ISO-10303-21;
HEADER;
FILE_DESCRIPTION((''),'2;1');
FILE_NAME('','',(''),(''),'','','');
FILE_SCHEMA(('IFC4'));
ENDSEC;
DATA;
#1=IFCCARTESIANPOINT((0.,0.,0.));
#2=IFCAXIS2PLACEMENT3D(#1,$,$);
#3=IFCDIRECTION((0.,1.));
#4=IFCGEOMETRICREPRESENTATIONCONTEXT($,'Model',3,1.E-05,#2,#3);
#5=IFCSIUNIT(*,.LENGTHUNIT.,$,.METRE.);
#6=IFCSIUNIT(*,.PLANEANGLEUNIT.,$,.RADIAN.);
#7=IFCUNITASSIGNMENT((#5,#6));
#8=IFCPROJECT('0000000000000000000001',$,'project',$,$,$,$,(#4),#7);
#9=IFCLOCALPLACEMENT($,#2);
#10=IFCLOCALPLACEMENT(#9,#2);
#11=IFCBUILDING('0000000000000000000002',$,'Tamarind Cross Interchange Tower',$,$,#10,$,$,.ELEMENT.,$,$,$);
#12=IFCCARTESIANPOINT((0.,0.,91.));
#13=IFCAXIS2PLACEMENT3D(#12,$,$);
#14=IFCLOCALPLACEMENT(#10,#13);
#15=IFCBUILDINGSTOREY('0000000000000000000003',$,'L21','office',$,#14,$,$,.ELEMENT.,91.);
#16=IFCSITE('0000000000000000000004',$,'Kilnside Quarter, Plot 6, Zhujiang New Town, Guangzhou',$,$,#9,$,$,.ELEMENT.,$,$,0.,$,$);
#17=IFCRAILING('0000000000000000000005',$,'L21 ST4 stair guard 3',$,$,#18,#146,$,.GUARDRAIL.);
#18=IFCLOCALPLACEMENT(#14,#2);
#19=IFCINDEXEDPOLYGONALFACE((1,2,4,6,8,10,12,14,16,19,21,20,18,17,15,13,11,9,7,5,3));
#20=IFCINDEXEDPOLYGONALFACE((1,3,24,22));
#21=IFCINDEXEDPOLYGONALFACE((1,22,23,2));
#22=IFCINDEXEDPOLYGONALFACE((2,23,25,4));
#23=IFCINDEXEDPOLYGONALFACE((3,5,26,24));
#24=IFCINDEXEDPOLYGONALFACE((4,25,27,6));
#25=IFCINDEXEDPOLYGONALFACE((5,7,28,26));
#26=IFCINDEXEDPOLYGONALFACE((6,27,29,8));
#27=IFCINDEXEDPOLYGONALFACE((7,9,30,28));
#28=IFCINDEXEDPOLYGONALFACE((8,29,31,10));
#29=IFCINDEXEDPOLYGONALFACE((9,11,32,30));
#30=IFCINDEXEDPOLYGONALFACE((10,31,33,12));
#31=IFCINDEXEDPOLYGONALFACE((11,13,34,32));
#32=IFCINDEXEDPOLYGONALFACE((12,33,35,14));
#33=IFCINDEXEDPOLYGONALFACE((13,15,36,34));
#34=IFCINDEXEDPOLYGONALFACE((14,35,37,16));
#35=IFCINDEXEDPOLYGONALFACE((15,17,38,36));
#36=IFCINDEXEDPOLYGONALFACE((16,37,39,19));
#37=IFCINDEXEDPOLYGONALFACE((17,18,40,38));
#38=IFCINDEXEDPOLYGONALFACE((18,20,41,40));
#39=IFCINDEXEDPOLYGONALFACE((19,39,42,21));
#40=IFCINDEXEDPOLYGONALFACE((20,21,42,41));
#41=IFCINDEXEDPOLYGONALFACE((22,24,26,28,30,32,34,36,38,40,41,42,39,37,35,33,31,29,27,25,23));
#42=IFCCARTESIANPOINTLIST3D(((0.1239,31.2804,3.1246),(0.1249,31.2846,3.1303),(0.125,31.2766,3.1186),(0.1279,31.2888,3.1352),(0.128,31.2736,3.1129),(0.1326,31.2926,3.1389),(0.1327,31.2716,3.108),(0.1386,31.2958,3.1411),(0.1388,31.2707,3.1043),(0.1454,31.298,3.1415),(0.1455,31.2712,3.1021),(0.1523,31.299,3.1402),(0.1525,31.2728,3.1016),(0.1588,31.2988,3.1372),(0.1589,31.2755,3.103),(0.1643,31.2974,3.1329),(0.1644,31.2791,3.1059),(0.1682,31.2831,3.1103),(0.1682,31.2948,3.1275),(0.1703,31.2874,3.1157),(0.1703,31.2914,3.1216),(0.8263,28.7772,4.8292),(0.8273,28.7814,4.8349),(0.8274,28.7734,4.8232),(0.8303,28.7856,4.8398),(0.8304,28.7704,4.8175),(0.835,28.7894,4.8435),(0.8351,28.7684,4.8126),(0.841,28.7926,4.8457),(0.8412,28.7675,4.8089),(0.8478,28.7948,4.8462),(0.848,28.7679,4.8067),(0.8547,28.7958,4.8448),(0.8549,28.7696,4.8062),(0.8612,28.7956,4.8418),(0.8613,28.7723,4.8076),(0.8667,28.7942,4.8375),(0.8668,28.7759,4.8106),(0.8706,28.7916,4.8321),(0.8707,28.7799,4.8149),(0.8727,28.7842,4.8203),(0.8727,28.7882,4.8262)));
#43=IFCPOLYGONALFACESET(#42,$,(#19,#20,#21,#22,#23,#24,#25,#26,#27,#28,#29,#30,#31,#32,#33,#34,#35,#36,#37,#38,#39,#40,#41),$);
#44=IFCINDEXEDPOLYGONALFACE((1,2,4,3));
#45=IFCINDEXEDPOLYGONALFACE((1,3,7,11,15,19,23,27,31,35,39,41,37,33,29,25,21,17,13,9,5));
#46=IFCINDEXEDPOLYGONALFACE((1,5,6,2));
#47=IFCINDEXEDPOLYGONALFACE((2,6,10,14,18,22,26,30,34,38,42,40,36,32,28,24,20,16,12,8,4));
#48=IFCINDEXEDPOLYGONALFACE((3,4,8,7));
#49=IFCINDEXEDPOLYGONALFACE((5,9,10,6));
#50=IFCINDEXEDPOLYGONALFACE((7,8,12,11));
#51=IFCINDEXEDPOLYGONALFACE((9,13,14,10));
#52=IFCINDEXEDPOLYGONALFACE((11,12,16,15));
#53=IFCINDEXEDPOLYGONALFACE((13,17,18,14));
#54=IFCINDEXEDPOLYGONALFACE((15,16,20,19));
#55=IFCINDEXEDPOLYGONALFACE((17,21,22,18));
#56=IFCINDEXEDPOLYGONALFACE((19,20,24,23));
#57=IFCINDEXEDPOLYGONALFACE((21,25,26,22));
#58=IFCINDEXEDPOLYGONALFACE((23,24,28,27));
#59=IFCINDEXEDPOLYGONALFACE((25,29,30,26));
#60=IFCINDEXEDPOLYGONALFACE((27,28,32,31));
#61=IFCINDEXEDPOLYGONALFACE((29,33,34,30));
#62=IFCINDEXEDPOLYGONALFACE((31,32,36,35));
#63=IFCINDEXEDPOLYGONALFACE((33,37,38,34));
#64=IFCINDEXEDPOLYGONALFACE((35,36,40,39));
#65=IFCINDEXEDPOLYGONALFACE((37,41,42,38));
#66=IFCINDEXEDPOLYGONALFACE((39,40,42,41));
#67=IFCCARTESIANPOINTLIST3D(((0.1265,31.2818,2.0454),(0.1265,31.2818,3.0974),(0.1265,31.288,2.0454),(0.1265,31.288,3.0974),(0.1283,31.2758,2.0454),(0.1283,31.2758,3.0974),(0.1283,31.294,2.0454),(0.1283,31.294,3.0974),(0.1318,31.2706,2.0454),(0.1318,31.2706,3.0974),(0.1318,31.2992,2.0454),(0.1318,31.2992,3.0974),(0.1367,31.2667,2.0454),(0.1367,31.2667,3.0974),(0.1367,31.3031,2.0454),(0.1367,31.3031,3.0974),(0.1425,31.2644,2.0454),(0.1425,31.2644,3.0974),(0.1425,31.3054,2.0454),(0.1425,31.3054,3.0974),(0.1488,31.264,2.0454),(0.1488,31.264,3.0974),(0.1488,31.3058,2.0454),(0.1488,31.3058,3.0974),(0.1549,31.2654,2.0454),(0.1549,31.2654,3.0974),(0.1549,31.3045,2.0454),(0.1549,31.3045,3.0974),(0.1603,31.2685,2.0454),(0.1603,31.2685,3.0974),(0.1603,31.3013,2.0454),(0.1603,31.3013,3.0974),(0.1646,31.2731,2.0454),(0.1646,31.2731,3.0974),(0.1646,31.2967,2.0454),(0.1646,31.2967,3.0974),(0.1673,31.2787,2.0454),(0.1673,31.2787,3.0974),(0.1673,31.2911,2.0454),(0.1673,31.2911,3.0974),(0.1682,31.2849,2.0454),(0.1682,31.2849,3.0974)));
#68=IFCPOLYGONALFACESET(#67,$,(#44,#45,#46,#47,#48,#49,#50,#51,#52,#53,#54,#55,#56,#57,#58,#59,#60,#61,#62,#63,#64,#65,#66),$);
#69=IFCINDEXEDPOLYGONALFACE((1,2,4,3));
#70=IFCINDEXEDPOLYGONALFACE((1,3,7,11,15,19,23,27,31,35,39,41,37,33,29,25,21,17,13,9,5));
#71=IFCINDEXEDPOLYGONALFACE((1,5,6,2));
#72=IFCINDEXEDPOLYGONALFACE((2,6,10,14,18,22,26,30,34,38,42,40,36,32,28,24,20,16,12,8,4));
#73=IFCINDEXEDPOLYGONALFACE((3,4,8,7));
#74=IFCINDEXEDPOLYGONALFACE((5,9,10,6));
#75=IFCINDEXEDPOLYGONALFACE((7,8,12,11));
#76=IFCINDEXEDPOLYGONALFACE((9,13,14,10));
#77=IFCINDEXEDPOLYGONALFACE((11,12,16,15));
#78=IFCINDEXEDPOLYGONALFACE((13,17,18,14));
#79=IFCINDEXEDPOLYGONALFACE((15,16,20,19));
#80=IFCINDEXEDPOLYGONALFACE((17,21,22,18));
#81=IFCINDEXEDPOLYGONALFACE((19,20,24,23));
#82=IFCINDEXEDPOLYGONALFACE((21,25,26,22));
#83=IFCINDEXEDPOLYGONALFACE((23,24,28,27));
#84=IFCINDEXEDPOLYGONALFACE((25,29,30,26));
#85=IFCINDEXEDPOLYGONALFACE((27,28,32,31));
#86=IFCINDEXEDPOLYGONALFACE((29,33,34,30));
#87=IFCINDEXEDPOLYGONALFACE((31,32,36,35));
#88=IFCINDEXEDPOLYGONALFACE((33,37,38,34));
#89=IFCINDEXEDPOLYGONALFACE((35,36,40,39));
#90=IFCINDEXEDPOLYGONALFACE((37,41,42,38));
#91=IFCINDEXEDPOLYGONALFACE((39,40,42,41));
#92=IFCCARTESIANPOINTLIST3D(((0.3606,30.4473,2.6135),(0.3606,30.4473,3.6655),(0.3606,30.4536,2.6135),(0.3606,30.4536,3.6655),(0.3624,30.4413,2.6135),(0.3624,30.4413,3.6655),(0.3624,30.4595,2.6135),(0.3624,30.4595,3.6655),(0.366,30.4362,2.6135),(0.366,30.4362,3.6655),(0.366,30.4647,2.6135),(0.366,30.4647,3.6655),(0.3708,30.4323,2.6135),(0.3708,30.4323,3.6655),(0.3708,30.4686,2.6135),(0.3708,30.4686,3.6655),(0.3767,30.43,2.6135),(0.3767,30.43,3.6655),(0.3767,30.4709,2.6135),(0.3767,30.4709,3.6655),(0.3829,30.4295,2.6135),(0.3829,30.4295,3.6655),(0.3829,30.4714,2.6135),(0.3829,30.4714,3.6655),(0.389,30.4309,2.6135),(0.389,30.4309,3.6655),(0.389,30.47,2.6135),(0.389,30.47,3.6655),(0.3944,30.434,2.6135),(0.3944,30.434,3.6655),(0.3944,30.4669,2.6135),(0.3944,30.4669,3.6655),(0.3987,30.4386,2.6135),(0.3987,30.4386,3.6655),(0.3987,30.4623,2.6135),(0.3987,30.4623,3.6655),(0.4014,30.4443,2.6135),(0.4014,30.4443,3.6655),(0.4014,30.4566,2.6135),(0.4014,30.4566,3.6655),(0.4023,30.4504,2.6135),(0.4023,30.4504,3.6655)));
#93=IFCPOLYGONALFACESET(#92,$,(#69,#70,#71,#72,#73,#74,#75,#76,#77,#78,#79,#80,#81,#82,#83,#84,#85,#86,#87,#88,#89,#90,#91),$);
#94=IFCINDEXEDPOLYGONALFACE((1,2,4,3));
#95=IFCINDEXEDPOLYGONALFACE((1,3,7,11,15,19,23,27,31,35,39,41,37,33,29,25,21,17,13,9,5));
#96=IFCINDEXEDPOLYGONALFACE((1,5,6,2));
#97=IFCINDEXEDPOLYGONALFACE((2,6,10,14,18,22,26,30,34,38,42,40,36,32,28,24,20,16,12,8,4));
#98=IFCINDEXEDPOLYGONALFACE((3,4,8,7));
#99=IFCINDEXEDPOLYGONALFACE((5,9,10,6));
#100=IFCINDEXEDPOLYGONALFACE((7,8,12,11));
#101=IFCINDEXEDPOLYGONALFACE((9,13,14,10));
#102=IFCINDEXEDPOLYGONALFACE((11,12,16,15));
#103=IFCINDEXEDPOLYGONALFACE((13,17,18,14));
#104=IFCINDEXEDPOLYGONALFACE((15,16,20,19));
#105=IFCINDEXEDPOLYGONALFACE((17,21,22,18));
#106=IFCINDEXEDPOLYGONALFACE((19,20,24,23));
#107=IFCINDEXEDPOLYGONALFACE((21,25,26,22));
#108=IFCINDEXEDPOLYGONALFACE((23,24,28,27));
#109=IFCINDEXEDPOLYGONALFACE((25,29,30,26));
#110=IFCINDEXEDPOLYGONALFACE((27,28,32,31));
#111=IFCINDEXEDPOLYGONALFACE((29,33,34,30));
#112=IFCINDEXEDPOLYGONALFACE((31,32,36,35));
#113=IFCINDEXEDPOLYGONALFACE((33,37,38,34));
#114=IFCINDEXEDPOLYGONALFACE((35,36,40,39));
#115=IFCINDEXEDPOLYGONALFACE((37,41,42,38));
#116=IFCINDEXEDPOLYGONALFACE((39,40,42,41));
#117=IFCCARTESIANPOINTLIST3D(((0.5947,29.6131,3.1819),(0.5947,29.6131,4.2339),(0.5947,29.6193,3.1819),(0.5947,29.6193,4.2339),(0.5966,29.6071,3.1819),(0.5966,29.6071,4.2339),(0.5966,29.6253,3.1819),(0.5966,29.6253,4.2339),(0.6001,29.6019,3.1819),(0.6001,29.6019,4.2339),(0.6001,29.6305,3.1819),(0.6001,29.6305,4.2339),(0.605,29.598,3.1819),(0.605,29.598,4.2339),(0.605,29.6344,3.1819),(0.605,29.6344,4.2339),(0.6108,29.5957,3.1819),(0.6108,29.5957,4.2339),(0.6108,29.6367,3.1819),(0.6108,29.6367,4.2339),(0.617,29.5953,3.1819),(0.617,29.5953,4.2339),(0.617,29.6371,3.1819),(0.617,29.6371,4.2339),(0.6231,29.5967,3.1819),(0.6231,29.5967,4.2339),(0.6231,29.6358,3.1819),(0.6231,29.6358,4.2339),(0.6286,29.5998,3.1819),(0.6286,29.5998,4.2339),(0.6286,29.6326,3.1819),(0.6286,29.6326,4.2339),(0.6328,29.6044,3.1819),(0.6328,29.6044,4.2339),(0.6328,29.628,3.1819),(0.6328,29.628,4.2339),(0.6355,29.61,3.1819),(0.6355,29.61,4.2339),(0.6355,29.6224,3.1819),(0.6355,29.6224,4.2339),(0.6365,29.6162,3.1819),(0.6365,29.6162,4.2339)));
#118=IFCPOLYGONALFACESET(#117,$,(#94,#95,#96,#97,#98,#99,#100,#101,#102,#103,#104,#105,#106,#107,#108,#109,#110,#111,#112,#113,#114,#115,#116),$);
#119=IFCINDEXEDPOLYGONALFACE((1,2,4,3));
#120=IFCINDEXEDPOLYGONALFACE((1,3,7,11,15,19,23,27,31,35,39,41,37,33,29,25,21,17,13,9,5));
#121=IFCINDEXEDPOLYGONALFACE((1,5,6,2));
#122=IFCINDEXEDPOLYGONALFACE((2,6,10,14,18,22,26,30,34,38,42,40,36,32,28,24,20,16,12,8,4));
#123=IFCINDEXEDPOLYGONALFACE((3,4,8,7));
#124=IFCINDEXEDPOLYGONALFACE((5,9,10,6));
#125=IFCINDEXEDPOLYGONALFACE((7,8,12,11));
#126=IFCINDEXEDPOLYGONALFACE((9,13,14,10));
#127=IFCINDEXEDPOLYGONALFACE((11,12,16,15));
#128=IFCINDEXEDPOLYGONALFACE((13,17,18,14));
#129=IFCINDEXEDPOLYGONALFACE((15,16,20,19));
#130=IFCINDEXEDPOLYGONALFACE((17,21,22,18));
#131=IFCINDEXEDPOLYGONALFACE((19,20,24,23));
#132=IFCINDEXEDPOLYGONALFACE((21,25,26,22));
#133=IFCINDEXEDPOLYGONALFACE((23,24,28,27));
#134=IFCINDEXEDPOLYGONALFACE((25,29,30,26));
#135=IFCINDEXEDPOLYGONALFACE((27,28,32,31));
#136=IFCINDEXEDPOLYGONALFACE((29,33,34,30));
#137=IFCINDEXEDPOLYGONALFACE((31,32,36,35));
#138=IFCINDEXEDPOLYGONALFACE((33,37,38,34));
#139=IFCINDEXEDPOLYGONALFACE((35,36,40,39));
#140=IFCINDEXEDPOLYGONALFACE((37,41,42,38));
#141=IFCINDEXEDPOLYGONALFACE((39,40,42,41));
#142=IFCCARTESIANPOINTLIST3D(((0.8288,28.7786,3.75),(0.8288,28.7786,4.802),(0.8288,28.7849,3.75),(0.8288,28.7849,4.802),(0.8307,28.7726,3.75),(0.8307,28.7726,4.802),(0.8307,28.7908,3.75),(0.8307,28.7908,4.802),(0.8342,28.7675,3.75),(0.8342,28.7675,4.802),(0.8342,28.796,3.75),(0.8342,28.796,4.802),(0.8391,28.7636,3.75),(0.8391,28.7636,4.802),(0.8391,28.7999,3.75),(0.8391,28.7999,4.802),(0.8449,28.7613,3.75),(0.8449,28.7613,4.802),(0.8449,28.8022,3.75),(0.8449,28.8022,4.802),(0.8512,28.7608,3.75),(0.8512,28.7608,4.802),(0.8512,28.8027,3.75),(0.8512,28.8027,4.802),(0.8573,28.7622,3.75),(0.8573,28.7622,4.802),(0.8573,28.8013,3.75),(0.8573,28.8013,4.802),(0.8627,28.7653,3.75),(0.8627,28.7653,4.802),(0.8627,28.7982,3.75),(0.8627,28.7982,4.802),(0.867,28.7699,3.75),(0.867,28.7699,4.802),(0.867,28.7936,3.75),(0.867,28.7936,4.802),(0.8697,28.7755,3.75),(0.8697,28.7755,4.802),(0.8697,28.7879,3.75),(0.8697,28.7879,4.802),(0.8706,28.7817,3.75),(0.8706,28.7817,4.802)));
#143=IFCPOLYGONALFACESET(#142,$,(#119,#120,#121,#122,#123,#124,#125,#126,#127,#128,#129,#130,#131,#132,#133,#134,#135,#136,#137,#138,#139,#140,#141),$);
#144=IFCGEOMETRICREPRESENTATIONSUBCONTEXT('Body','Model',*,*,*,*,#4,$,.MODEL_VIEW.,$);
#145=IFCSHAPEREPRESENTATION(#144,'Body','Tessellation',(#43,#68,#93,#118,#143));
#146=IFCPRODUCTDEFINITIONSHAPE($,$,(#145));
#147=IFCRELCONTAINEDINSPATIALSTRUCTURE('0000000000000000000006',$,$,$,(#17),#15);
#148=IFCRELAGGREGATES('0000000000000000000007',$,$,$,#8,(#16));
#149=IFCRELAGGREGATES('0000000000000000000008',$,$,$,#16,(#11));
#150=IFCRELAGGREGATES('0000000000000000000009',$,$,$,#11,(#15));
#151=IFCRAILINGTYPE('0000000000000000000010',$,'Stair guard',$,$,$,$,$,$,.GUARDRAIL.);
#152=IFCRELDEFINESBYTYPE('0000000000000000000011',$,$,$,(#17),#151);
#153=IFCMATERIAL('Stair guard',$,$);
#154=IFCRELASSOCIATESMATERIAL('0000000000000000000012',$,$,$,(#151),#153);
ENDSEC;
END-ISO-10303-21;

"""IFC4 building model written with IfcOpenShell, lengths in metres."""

from ifc_helpers import new_model, si_unit, direction, frame, origin, origin_2d, place, context, subcontext, project, spatial, circle, extrude, material, type_object, element, save


model = new_model("IFC4")

# Units and contexts
model_context = context("Model", 3, precision=1e-05, world=origin(), true_north=direction((0.0, 1.0)))
body_context = subcontext(model_context, "Body", "Model", "MODEL_VIEW")
ifc_project = project(units=[si_unit("LENGTHUNIT", "METRE"), si_unit("PLANEANGLEUNIT", "RADIAN")], contexts=[model_context])

# Site, building, storey
site_placement = place(None, origin())
site = spatial("IfcSite", under=ifc_project, at=site_placement, Name="Kilnside Quarter, Plot 6, Zhujiang New Town, Guangzhou", CompositionType="ELEMENT", RefElevation=0.0)
building_placement = place(site_placement, origin())
building = spatial("IfcBuilding", under=site, at=building_placement, Name="Tamarind Cross Interchange Tower", CompositionType="ELEMENT")
storey_placement = place(building_placement, frame((0.0, 0.0, 91.0)))
storey = spatial("IfcBuildingStorey", under=building, at=storey_placement, Name="L21", Description="office", CompositionType="ELEMENT", Elevation=91.0)

# Railing
ifc_material_1 = material(Name="Stair guard")
railing_type_1 = type_object("IfcRailingType", Name="Stair guard", PredefinedType="GUARDRAIL", material=ifc_material_1)
railing_1_placement = place(storey_placement, frame((0.1472, 31.2849, 2.0454)))
element("IfcRailing", 1, at=railing_1_placement, inside=storey, type_object=railing_type_1, Name="L21 ST4 stair guard 3", PredefinedType="GUARDRAIL", context=body_context, shape_type="SweptSolid", body=[
    extrude(circle(Radius=0.0239, at=origin_2d()), frame((0.0, 0.0, 1.0762), z_axis=(0.225934, -0.80518, 0.548305), x_axis=(0.962814, 0.270166, 0.0)), (0.0, 0.0, 1.0), 3.1089),
    extrude(circle(Radius=0.021, at=origin_2d()), origin(), (0.0, 0.0, 1.0), 1.052),
    extrude(circle(Radius=0.021, at=origin_2d()), frame((0.2341, -0.8345, 0.5681)), (0.0, 0.0, 1.0), 1.052),
    extrude(circle(Radius=0.021, at=origin_2d()), frame((0.4683, -1.6687, 1.1365)), (0.0, 0.0, 1.0), 1.052),
    extrude(circle(Radius=0.021, at=origin_2d()), frame((0.7024, -2.5032, 1.7046)), (0.0, 0.0, 1.0), 1.052),
])

save(model, "model.ifc")
